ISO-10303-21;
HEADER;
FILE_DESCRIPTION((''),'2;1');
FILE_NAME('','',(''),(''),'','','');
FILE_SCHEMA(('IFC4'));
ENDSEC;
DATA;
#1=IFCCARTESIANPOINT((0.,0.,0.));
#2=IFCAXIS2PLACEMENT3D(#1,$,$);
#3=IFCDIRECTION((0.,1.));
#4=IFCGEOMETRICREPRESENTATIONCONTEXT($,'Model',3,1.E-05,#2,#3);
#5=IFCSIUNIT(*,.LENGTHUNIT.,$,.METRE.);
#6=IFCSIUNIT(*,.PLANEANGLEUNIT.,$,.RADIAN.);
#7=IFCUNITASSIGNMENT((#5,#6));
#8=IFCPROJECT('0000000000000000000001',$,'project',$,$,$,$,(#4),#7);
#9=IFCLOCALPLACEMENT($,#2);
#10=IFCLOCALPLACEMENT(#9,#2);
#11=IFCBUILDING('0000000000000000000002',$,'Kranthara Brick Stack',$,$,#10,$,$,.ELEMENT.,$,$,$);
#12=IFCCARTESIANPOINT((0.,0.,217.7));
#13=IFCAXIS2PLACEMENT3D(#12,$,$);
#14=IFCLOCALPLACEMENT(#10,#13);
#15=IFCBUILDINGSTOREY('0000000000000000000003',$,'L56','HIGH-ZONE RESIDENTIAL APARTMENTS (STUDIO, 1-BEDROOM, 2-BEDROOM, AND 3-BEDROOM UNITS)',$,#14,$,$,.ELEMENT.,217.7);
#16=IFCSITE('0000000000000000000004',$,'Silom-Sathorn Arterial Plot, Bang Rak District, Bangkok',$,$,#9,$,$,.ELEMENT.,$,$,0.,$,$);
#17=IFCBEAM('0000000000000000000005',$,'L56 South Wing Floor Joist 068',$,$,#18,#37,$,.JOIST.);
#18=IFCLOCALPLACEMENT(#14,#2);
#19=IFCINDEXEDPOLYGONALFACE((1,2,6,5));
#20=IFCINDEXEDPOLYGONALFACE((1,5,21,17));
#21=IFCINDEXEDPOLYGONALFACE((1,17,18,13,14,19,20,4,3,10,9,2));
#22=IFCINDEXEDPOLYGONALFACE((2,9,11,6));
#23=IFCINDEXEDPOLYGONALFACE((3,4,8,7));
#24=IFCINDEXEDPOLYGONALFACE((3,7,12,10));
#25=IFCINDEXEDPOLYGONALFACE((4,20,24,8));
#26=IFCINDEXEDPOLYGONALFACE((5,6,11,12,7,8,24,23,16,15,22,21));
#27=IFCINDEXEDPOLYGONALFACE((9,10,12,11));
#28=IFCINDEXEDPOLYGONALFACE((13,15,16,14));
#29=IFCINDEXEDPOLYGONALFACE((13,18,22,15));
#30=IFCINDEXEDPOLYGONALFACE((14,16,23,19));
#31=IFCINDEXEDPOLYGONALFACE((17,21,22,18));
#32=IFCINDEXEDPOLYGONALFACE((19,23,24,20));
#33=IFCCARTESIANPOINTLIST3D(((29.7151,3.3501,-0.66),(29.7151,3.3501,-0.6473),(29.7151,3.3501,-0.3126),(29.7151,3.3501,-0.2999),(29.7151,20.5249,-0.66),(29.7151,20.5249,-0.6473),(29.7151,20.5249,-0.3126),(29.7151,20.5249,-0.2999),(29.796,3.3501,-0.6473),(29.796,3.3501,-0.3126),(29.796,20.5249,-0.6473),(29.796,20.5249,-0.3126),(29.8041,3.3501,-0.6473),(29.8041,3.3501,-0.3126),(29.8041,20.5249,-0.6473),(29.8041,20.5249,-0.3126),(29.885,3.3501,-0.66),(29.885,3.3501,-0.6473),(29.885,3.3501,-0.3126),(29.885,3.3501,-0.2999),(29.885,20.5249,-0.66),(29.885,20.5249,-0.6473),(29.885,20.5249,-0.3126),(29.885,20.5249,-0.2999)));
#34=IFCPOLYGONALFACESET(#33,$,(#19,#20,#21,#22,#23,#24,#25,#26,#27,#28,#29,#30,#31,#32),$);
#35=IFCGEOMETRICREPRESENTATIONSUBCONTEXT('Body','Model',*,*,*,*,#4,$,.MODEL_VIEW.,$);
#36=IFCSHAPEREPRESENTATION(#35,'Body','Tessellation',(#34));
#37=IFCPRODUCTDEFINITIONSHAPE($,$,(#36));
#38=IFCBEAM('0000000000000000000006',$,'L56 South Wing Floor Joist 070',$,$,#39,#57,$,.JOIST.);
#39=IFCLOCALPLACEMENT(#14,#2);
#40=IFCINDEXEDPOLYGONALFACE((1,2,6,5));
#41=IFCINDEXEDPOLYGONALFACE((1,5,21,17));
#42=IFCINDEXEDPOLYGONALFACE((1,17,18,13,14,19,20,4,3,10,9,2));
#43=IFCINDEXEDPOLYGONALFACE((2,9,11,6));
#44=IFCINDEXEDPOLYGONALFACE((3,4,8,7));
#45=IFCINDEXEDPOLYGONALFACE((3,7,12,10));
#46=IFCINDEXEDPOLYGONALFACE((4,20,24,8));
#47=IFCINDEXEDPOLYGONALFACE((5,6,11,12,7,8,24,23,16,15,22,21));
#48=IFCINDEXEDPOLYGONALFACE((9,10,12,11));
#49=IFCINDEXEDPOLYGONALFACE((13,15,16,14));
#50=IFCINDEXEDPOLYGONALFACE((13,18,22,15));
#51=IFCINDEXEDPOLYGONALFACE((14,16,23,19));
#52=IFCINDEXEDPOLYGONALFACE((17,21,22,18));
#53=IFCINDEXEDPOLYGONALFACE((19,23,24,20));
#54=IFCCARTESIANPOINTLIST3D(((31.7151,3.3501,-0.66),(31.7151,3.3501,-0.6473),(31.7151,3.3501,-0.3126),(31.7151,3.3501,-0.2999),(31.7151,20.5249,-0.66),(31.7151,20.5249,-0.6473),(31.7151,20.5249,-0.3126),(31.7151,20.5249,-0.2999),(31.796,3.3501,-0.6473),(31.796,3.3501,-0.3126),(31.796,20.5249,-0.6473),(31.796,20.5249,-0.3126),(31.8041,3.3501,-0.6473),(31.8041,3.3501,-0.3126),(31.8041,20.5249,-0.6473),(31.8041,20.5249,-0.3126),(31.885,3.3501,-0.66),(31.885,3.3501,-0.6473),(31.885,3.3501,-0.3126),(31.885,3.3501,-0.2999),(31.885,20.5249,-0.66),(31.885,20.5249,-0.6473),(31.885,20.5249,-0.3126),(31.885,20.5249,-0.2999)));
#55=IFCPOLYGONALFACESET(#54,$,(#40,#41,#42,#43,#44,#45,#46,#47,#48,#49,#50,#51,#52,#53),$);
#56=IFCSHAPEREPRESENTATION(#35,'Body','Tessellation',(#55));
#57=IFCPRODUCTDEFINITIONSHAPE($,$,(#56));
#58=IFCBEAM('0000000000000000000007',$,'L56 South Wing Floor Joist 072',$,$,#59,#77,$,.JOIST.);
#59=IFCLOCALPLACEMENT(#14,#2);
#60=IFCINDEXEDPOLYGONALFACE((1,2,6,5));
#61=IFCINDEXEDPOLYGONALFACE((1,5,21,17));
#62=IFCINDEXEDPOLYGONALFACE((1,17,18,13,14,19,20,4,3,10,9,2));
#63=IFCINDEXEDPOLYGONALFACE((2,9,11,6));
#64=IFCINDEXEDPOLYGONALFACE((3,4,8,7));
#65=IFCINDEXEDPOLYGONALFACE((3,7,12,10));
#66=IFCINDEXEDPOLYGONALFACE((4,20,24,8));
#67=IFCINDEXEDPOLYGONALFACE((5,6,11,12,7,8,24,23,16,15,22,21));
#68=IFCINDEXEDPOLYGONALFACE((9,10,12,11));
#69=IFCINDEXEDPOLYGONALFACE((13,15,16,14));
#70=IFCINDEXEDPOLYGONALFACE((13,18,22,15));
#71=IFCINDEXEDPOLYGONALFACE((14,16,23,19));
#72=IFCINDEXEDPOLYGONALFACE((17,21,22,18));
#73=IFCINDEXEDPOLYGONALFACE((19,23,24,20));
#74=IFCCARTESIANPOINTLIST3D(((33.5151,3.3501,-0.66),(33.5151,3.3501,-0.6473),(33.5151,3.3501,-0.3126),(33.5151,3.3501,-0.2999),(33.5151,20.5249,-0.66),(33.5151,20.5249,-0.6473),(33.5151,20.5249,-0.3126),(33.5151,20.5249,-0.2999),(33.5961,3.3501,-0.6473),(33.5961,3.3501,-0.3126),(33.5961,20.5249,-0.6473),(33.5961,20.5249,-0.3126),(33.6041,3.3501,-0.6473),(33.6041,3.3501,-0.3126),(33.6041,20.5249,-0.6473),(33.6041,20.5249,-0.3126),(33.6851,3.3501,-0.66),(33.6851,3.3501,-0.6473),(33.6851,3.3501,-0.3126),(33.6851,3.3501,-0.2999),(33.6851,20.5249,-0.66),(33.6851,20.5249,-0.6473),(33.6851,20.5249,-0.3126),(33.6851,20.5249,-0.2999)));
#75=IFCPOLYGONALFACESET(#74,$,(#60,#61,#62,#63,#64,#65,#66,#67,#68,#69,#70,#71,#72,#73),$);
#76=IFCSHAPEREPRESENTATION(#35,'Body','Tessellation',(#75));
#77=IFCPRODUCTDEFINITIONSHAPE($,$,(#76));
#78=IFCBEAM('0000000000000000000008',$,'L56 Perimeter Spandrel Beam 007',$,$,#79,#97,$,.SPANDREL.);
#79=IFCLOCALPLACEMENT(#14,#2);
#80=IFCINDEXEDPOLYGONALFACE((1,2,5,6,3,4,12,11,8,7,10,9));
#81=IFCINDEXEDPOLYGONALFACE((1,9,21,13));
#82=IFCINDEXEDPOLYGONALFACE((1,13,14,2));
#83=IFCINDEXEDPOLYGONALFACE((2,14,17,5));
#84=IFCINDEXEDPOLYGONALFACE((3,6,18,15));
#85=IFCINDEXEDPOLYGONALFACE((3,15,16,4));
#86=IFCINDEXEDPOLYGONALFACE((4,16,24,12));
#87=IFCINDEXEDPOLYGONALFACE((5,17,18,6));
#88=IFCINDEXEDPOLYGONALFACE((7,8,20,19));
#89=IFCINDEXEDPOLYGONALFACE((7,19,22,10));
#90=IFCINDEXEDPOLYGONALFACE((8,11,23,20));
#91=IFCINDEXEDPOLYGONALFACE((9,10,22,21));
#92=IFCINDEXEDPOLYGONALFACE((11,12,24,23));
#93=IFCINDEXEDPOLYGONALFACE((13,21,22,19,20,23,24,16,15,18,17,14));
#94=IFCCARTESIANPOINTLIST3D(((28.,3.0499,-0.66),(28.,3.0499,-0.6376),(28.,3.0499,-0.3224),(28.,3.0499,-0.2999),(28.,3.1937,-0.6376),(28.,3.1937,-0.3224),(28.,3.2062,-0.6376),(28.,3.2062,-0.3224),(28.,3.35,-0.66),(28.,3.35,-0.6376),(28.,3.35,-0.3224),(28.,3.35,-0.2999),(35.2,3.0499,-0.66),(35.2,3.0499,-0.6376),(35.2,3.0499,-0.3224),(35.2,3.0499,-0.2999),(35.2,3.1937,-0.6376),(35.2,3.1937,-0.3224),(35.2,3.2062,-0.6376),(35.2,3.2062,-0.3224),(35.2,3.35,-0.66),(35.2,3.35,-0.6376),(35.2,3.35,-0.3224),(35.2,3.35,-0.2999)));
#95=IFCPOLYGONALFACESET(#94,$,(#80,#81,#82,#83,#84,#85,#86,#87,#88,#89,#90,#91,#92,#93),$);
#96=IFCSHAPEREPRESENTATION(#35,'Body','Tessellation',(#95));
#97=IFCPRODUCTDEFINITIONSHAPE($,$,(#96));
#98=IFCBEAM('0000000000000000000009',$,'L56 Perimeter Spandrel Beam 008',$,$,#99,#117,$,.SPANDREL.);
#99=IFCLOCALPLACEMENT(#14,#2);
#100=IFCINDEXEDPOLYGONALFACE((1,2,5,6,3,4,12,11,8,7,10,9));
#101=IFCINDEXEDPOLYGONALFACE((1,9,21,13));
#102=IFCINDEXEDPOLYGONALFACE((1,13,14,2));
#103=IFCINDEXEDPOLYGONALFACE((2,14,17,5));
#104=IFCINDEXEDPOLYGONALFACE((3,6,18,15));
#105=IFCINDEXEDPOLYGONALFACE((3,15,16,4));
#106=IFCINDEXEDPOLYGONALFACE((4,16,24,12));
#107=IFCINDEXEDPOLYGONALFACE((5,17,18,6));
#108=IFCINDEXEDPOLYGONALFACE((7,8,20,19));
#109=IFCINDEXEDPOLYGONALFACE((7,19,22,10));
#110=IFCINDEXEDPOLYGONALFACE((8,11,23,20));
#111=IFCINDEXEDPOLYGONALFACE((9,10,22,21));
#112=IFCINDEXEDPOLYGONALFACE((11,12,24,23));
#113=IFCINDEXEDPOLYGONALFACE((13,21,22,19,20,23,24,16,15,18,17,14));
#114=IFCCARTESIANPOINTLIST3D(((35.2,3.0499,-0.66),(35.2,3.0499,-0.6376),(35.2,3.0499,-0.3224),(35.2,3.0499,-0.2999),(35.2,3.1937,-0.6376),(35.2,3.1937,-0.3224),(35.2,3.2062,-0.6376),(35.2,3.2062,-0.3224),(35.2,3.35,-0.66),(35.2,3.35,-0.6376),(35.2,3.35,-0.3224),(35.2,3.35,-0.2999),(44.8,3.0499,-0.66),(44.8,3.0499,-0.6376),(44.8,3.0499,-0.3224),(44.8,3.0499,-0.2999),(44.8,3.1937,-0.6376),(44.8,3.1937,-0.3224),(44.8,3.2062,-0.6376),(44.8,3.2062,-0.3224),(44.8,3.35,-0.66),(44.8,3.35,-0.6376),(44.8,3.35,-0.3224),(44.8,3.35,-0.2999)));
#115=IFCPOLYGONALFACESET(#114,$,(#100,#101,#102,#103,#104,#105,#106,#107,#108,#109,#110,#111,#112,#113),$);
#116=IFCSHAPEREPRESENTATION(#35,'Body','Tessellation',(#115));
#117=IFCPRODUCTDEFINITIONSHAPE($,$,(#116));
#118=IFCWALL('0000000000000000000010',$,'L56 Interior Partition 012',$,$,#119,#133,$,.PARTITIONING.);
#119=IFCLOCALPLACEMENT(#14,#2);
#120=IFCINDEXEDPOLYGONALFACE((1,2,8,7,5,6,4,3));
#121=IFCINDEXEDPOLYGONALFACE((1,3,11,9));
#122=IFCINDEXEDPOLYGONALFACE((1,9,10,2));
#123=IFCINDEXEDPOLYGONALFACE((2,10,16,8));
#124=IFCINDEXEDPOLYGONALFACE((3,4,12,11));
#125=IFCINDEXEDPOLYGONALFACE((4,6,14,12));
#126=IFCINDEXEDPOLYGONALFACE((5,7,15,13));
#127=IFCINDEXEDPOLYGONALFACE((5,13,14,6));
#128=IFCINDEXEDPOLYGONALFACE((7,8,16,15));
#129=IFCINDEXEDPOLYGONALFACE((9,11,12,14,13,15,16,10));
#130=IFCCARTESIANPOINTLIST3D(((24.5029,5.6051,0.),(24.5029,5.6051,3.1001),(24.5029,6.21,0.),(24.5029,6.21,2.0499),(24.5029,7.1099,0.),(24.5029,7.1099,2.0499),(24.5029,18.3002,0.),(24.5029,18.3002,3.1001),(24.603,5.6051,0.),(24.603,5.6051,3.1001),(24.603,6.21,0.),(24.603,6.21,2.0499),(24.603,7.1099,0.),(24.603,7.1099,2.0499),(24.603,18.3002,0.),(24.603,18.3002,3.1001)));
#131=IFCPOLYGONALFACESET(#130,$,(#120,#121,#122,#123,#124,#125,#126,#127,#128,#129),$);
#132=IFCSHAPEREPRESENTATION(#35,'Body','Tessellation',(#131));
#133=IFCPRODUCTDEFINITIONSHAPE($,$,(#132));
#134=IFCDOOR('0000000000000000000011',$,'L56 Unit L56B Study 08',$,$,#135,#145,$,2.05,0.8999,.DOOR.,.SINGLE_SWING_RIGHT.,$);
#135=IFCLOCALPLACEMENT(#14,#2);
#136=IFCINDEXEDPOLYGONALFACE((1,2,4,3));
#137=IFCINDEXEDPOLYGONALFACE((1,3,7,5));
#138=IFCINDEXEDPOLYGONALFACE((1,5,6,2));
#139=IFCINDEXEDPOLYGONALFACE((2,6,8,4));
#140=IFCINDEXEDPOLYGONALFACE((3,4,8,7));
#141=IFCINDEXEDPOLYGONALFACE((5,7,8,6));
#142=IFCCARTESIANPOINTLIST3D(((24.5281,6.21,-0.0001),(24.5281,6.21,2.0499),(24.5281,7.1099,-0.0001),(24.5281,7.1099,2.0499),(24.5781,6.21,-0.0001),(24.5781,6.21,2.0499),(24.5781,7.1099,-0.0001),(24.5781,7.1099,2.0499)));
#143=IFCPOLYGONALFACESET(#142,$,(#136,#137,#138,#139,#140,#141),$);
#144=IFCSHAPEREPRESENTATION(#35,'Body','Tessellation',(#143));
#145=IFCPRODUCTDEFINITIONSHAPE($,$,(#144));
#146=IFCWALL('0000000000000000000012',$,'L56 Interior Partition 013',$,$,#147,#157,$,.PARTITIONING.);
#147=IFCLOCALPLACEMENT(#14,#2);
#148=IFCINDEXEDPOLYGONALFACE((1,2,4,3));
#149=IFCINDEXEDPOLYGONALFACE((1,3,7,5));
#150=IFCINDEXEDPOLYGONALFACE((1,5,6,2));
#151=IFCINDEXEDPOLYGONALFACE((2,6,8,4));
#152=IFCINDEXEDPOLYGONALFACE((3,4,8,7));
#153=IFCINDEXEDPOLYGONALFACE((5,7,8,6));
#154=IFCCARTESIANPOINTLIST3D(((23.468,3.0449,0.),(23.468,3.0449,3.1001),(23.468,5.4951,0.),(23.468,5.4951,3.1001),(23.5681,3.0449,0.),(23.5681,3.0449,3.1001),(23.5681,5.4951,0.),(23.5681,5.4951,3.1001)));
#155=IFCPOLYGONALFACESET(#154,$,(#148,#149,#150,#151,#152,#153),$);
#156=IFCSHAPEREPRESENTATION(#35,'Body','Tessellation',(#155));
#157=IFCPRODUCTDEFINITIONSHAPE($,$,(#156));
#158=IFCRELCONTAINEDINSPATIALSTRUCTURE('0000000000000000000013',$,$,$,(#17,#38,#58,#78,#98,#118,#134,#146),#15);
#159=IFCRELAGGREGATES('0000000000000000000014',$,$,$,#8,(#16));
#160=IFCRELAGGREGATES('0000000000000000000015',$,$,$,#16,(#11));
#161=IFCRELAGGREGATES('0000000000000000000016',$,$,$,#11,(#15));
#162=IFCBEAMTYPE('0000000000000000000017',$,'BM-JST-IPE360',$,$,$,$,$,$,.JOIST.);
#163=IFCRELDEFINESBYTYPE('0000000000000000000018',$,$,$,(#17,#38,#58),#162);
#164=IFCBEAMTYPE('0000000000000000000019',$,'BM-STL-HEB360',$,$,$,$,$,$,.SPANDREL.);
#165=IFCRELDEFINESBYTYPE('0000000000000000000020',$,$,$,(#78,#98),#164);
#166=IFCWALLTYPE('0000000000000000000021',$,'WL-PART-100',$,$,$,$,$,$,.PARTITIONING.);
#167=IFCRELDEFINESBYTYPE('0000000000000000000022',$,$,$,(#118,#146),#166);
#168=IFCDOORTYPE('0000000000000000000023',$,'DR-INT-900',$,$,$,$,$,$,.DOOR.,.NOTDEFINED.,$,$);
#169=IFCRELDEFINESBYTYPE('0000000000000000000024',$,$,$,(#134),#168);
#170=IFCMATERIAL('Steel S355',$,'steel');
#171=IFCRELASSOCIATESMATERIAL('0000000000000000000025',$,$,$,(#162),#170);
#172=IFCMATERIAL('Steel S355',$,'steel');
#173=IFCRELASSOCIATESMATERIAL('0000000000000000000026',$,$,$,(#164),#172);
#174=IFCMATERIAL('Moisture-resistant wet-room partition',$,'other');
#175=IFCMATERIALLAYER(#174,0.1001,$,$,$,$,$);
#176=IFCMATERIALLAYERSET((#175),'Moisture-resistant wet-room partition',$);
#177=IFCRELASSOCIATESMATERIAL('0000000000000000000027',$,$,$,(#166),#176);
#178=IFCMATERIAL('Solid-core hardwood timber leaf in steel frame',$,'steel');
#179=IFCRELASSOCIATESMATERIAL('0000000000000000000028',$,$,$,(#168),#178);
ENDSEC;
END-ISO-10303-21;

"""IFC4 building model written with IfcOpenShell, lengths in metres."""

from ifc_helpers import new_model, si_unit, direction, frame, frame_2d, origin, origin_2d, place, context, subcontext, project, spatial, rectangle, i_section, extrude, material, layer, layer_set, material_profile, profile_set, type_object, element, fill, save


model = new_model("IFC4")

# Units and contexts
model_context = context("Model", 3, precision=1e-05, world=origin(), true_north=direction((0.0, 1.0)))
body_context = subcontext(model_context, "Body", "Model", "MODEL_VIEW")
ifc_project = project(units=[si_unit("LENGTHUNIT", "METRE"), si_unit("PLANEANGLEUNIT", "RADIAN")], contexts=[model_context])

# Site, building, storey
site_placement = place(None, origin())
site = spatial("IfcSite", under=ifc_project, at=site_placement, Name="Silom-Sathorn Arterial Plot, Bang Rak District, Bangkok", CompositionType="ELEMENT", RefElevation=0.0)
building_placement = place(site_placement, origin())
building = spatial("IfcBuilding", under=site, at=building_placement, Name="Kranthara Brick Stack", CompositionType="ELEMENT")
storey_placement = place(building_placement, frame((0.0, 0.0, 217.7)))
storey = spatial("IfcBuildingStorey", under=building, at=storey_placement, Name="L56", Description="HIGH-ZONE RESIDENTIAL APARTMENTS (STUDIO, 1-BEDROOM, 2-BEDROOM, AND 3-BEDROOM UNITS)", CompositionType="ELEMENT", Elevation=217.7)

# Beams
ifc_material_1 = material(Name="Steel S355", Category="steel")
ifc_material_profile_1 = material_profile(ifc_material_1, i_section(OverallWidth=0.1699, OverallDepth=0.3601, WebThickness=0.0081, FlangeThickness=0.0127, at=origin_2d()), Name="IPE 360")
ifc_profile_set_1 = profile_set([ifc_material_profile_1], Name="Steel S355")
beam_type_1 = type_object("IfcBeamType", Name="BM-JST-IPE360", PredefinedType="JOIST", material=ifc_profile_set_1)
for number, where, z_axis, x_axis, name in (
    (1, (29.8, 3.3501, -0.48), (0.0, 1.0, 0.0), (-1.0, 0.0, 0.0), "L56 South Wing Floor Joist 068"),
    (2, (31.8, 3.3501, -0.48), (0.0, 1.0, 0.0), (-1.0, 0.0, 0.0), "L56 South Wing Floor Joist 070"),
    (3, (33.6001, 3.3501, -0.48), (0.0, 1.0, 0.0), (-1.0, 0.0, 0.0), "L56 South Wing Floor Joist 072"),
):
    element("IfcBeam", number, at=place(storey_placement, frame(where, z_axis=z_axis, x_axis=x_axis)), inside=storey, type_object=beam_type_1, Name=name, PredefinedType="JOIST", context=body_context, shape_type="SweptSolid", body=[
        extrude(i_section(OverallWidth=0.1699, OverallDepth=0.3601, WebThickness=0.0081, FlangeThickness=0.0127, at=origin_2d()), origin(), (0.0, 0.0, 1.0), 17.1748),
    ])
ifc_material_2 = material(Name="Steel S355", Category="steel")
ifc_material_profile_2 = material_profile(ifc_material_2, i_section(OverallWidth=0.3, OverallDepth=0.3601, WebThickness=0.0125, FlangeThickness=0.0225, at=origin_2d()), Name="HEB 360")
ifc_profile_set_2 = profile_set([ifc_material_profile_2], Name="Steel S355")
beam_type_2 = type_object("IfcBeamType", Name="BM-STL-HEB360", PredefinedType="SPANDREL", material=ifc_profile_set_2)
beam_1_placement = place(storey_placement, frame((28.0, 3.2, -0.48), z_axis=(1.0, 0.0, 0.0), x_axis=(0.0, 1.0, 0.0)))
element("IfcBeam", 4, at=beam_1_placement, inside=storey, type_object=beam_type_2, Name="L56 Perimeter Spandrel Beam 007", PredefinedType="SPANDREL", context=body_context, shape_type="SweptSolid", body=[
    extrude(i_section(OverallWidth=0.3, OverallDepth=0.3601, WebThickness=0.0125, FlangeThickness=0.0225, at=origin_2d()), origin(), (0.0, 0.0, 1.0), 7.2),
])
beam_2_placement = place(storey_placement, frame((35.2, 3.2, -0.48), z_axis=(1.0, 0.0, 0.0), x_axis=(0.0, 1.0, 0.0)))
element("IfcBeam", 5, at=beam_2_placement, inside=storey, type_object=beam_type_2, Name="L56 Perimeter Spandrel Beam 008", PredefinedType="SPANDREL", context=body_context, shape_type="SweptSolid", body=[
    extrude(i_section(OverallWidth=0.3, OverallDepth=0.3601, WebThickness=0.0125, FlangeThickness=0.0225, at=origin_2d()), origin(), (0.0, 0.0, 1.0), 9.6001),
])

# Wall, opening, door
ifc_material_3 = material(Name="Moisture-resistant wet-room partition", Category="other")
ifc_layer_1 = layer(ifc_material_3, 0.1001)
ifc_layer_set_1 = layer_set([ifc_layer_1], Name="Moisture-resistant wet-room partition")
wall_type_1 = type_object("IfcWallType", Name="WL-PART-100", PredefinedType="PARTITIONING", material=ifc_layer_set_1)
wall_1_placement = place(storey_placement, frame((24.553, 5.605, 0.0), z_axis=(0.0, 0.0, 1.0), x_axis=(0.0, 1.0, 0.0)))
wall_1 = element("IfcWall", 6, at=wall_1_placement, inside=storey, type_object=wall_type_1, Name="L56 Interior Partition 012", PredefinedType="PARTITIONING", context=body_context, shape_type="SweptSolid", body=[
    extrude(rectangle(XDim=12.6951, YDim=0.1001, at=frame_2d((6.3477, 0.0))), origin(), (0.0, 0.0, 1.0), 3.1001),
])
opening_1_placement = place(wall_1_placement, frame((0.605, 0.0, 0.0)))
opening_1 = element("IfcOpeningElement", 7, at=opening_1_placement, cuts=wall_1, PredefinedType="OPENING", context=body_context, shape_type="SweptSolid", body=[
    extrude(rectangle(XDim=0.8999, YDim=2.05, at=frame_2d((0.45, 1.0249))), frame((0.0, 0.0601, 0.0), z_axis=(0.0, -1.0, 0.0), x_axis=(1.0, 0.0, 0.0)), (0.0, 0.0, 1.0), 0.1201),
])
ifc_material_4 = material(Name="Solid-core hardwood timber leaf in steel frame", Category="steel")
door_type_1 = type_object("IfcDoorType", Name="DR-INT-900", OperationType="NOTDEFINED", PredefinedType="DOOR", material=ifc_material_4)
door_1_placement = place(opening_1_placement, origin())
door_1 = element("IfcDoor", 8, at=door_1_placement, inside=storey, type_object=door_type_1, Name="L56 Unit L56B Study 08", OperationType="SINGLE_SWING_RIGHT", OverallHeight=2.05, OverallWidth=0.8999, PredefinedType="DOOR", context=body_context, shape_type="SweptSolid", body=[
    extrude(rectangle(XDim=0.8999, YDim=2.05, at=frame_2d((0.45, 1.0249))), frame((0.0, 0.0249, 0.0), z_axis=(0.0, -1.0, 0.0), x_axis=(1.0, 0.0, 0.0)), (0.0, 0.0, 1.0), 0.05),
])
fill(opening_1, door_1)

# Wall
wall_2_placement = place(storey_placement, frame((23.5181, 3.0449, 0.0), z_axis=(0.0, 0.0, 1.0), x_axis=(0.0, 1.0, 0.0)))
element("IfcWall", 9, at=wall_2_placement, inside=storey, type_object=wall_type_1, Name="L56 Interior Partition 013", PredefinedType="PARTITIONING", context=body_context, shape_type="SweptSolid", body=[
    extrude(rectangle(XDim=2.4502, YDim=0.1001, at=frame_2d((1.2251, 0.0))), origin(), (0.0, 0.0, 1.0), 3.1001),
])

save(model, "model.ifc")
